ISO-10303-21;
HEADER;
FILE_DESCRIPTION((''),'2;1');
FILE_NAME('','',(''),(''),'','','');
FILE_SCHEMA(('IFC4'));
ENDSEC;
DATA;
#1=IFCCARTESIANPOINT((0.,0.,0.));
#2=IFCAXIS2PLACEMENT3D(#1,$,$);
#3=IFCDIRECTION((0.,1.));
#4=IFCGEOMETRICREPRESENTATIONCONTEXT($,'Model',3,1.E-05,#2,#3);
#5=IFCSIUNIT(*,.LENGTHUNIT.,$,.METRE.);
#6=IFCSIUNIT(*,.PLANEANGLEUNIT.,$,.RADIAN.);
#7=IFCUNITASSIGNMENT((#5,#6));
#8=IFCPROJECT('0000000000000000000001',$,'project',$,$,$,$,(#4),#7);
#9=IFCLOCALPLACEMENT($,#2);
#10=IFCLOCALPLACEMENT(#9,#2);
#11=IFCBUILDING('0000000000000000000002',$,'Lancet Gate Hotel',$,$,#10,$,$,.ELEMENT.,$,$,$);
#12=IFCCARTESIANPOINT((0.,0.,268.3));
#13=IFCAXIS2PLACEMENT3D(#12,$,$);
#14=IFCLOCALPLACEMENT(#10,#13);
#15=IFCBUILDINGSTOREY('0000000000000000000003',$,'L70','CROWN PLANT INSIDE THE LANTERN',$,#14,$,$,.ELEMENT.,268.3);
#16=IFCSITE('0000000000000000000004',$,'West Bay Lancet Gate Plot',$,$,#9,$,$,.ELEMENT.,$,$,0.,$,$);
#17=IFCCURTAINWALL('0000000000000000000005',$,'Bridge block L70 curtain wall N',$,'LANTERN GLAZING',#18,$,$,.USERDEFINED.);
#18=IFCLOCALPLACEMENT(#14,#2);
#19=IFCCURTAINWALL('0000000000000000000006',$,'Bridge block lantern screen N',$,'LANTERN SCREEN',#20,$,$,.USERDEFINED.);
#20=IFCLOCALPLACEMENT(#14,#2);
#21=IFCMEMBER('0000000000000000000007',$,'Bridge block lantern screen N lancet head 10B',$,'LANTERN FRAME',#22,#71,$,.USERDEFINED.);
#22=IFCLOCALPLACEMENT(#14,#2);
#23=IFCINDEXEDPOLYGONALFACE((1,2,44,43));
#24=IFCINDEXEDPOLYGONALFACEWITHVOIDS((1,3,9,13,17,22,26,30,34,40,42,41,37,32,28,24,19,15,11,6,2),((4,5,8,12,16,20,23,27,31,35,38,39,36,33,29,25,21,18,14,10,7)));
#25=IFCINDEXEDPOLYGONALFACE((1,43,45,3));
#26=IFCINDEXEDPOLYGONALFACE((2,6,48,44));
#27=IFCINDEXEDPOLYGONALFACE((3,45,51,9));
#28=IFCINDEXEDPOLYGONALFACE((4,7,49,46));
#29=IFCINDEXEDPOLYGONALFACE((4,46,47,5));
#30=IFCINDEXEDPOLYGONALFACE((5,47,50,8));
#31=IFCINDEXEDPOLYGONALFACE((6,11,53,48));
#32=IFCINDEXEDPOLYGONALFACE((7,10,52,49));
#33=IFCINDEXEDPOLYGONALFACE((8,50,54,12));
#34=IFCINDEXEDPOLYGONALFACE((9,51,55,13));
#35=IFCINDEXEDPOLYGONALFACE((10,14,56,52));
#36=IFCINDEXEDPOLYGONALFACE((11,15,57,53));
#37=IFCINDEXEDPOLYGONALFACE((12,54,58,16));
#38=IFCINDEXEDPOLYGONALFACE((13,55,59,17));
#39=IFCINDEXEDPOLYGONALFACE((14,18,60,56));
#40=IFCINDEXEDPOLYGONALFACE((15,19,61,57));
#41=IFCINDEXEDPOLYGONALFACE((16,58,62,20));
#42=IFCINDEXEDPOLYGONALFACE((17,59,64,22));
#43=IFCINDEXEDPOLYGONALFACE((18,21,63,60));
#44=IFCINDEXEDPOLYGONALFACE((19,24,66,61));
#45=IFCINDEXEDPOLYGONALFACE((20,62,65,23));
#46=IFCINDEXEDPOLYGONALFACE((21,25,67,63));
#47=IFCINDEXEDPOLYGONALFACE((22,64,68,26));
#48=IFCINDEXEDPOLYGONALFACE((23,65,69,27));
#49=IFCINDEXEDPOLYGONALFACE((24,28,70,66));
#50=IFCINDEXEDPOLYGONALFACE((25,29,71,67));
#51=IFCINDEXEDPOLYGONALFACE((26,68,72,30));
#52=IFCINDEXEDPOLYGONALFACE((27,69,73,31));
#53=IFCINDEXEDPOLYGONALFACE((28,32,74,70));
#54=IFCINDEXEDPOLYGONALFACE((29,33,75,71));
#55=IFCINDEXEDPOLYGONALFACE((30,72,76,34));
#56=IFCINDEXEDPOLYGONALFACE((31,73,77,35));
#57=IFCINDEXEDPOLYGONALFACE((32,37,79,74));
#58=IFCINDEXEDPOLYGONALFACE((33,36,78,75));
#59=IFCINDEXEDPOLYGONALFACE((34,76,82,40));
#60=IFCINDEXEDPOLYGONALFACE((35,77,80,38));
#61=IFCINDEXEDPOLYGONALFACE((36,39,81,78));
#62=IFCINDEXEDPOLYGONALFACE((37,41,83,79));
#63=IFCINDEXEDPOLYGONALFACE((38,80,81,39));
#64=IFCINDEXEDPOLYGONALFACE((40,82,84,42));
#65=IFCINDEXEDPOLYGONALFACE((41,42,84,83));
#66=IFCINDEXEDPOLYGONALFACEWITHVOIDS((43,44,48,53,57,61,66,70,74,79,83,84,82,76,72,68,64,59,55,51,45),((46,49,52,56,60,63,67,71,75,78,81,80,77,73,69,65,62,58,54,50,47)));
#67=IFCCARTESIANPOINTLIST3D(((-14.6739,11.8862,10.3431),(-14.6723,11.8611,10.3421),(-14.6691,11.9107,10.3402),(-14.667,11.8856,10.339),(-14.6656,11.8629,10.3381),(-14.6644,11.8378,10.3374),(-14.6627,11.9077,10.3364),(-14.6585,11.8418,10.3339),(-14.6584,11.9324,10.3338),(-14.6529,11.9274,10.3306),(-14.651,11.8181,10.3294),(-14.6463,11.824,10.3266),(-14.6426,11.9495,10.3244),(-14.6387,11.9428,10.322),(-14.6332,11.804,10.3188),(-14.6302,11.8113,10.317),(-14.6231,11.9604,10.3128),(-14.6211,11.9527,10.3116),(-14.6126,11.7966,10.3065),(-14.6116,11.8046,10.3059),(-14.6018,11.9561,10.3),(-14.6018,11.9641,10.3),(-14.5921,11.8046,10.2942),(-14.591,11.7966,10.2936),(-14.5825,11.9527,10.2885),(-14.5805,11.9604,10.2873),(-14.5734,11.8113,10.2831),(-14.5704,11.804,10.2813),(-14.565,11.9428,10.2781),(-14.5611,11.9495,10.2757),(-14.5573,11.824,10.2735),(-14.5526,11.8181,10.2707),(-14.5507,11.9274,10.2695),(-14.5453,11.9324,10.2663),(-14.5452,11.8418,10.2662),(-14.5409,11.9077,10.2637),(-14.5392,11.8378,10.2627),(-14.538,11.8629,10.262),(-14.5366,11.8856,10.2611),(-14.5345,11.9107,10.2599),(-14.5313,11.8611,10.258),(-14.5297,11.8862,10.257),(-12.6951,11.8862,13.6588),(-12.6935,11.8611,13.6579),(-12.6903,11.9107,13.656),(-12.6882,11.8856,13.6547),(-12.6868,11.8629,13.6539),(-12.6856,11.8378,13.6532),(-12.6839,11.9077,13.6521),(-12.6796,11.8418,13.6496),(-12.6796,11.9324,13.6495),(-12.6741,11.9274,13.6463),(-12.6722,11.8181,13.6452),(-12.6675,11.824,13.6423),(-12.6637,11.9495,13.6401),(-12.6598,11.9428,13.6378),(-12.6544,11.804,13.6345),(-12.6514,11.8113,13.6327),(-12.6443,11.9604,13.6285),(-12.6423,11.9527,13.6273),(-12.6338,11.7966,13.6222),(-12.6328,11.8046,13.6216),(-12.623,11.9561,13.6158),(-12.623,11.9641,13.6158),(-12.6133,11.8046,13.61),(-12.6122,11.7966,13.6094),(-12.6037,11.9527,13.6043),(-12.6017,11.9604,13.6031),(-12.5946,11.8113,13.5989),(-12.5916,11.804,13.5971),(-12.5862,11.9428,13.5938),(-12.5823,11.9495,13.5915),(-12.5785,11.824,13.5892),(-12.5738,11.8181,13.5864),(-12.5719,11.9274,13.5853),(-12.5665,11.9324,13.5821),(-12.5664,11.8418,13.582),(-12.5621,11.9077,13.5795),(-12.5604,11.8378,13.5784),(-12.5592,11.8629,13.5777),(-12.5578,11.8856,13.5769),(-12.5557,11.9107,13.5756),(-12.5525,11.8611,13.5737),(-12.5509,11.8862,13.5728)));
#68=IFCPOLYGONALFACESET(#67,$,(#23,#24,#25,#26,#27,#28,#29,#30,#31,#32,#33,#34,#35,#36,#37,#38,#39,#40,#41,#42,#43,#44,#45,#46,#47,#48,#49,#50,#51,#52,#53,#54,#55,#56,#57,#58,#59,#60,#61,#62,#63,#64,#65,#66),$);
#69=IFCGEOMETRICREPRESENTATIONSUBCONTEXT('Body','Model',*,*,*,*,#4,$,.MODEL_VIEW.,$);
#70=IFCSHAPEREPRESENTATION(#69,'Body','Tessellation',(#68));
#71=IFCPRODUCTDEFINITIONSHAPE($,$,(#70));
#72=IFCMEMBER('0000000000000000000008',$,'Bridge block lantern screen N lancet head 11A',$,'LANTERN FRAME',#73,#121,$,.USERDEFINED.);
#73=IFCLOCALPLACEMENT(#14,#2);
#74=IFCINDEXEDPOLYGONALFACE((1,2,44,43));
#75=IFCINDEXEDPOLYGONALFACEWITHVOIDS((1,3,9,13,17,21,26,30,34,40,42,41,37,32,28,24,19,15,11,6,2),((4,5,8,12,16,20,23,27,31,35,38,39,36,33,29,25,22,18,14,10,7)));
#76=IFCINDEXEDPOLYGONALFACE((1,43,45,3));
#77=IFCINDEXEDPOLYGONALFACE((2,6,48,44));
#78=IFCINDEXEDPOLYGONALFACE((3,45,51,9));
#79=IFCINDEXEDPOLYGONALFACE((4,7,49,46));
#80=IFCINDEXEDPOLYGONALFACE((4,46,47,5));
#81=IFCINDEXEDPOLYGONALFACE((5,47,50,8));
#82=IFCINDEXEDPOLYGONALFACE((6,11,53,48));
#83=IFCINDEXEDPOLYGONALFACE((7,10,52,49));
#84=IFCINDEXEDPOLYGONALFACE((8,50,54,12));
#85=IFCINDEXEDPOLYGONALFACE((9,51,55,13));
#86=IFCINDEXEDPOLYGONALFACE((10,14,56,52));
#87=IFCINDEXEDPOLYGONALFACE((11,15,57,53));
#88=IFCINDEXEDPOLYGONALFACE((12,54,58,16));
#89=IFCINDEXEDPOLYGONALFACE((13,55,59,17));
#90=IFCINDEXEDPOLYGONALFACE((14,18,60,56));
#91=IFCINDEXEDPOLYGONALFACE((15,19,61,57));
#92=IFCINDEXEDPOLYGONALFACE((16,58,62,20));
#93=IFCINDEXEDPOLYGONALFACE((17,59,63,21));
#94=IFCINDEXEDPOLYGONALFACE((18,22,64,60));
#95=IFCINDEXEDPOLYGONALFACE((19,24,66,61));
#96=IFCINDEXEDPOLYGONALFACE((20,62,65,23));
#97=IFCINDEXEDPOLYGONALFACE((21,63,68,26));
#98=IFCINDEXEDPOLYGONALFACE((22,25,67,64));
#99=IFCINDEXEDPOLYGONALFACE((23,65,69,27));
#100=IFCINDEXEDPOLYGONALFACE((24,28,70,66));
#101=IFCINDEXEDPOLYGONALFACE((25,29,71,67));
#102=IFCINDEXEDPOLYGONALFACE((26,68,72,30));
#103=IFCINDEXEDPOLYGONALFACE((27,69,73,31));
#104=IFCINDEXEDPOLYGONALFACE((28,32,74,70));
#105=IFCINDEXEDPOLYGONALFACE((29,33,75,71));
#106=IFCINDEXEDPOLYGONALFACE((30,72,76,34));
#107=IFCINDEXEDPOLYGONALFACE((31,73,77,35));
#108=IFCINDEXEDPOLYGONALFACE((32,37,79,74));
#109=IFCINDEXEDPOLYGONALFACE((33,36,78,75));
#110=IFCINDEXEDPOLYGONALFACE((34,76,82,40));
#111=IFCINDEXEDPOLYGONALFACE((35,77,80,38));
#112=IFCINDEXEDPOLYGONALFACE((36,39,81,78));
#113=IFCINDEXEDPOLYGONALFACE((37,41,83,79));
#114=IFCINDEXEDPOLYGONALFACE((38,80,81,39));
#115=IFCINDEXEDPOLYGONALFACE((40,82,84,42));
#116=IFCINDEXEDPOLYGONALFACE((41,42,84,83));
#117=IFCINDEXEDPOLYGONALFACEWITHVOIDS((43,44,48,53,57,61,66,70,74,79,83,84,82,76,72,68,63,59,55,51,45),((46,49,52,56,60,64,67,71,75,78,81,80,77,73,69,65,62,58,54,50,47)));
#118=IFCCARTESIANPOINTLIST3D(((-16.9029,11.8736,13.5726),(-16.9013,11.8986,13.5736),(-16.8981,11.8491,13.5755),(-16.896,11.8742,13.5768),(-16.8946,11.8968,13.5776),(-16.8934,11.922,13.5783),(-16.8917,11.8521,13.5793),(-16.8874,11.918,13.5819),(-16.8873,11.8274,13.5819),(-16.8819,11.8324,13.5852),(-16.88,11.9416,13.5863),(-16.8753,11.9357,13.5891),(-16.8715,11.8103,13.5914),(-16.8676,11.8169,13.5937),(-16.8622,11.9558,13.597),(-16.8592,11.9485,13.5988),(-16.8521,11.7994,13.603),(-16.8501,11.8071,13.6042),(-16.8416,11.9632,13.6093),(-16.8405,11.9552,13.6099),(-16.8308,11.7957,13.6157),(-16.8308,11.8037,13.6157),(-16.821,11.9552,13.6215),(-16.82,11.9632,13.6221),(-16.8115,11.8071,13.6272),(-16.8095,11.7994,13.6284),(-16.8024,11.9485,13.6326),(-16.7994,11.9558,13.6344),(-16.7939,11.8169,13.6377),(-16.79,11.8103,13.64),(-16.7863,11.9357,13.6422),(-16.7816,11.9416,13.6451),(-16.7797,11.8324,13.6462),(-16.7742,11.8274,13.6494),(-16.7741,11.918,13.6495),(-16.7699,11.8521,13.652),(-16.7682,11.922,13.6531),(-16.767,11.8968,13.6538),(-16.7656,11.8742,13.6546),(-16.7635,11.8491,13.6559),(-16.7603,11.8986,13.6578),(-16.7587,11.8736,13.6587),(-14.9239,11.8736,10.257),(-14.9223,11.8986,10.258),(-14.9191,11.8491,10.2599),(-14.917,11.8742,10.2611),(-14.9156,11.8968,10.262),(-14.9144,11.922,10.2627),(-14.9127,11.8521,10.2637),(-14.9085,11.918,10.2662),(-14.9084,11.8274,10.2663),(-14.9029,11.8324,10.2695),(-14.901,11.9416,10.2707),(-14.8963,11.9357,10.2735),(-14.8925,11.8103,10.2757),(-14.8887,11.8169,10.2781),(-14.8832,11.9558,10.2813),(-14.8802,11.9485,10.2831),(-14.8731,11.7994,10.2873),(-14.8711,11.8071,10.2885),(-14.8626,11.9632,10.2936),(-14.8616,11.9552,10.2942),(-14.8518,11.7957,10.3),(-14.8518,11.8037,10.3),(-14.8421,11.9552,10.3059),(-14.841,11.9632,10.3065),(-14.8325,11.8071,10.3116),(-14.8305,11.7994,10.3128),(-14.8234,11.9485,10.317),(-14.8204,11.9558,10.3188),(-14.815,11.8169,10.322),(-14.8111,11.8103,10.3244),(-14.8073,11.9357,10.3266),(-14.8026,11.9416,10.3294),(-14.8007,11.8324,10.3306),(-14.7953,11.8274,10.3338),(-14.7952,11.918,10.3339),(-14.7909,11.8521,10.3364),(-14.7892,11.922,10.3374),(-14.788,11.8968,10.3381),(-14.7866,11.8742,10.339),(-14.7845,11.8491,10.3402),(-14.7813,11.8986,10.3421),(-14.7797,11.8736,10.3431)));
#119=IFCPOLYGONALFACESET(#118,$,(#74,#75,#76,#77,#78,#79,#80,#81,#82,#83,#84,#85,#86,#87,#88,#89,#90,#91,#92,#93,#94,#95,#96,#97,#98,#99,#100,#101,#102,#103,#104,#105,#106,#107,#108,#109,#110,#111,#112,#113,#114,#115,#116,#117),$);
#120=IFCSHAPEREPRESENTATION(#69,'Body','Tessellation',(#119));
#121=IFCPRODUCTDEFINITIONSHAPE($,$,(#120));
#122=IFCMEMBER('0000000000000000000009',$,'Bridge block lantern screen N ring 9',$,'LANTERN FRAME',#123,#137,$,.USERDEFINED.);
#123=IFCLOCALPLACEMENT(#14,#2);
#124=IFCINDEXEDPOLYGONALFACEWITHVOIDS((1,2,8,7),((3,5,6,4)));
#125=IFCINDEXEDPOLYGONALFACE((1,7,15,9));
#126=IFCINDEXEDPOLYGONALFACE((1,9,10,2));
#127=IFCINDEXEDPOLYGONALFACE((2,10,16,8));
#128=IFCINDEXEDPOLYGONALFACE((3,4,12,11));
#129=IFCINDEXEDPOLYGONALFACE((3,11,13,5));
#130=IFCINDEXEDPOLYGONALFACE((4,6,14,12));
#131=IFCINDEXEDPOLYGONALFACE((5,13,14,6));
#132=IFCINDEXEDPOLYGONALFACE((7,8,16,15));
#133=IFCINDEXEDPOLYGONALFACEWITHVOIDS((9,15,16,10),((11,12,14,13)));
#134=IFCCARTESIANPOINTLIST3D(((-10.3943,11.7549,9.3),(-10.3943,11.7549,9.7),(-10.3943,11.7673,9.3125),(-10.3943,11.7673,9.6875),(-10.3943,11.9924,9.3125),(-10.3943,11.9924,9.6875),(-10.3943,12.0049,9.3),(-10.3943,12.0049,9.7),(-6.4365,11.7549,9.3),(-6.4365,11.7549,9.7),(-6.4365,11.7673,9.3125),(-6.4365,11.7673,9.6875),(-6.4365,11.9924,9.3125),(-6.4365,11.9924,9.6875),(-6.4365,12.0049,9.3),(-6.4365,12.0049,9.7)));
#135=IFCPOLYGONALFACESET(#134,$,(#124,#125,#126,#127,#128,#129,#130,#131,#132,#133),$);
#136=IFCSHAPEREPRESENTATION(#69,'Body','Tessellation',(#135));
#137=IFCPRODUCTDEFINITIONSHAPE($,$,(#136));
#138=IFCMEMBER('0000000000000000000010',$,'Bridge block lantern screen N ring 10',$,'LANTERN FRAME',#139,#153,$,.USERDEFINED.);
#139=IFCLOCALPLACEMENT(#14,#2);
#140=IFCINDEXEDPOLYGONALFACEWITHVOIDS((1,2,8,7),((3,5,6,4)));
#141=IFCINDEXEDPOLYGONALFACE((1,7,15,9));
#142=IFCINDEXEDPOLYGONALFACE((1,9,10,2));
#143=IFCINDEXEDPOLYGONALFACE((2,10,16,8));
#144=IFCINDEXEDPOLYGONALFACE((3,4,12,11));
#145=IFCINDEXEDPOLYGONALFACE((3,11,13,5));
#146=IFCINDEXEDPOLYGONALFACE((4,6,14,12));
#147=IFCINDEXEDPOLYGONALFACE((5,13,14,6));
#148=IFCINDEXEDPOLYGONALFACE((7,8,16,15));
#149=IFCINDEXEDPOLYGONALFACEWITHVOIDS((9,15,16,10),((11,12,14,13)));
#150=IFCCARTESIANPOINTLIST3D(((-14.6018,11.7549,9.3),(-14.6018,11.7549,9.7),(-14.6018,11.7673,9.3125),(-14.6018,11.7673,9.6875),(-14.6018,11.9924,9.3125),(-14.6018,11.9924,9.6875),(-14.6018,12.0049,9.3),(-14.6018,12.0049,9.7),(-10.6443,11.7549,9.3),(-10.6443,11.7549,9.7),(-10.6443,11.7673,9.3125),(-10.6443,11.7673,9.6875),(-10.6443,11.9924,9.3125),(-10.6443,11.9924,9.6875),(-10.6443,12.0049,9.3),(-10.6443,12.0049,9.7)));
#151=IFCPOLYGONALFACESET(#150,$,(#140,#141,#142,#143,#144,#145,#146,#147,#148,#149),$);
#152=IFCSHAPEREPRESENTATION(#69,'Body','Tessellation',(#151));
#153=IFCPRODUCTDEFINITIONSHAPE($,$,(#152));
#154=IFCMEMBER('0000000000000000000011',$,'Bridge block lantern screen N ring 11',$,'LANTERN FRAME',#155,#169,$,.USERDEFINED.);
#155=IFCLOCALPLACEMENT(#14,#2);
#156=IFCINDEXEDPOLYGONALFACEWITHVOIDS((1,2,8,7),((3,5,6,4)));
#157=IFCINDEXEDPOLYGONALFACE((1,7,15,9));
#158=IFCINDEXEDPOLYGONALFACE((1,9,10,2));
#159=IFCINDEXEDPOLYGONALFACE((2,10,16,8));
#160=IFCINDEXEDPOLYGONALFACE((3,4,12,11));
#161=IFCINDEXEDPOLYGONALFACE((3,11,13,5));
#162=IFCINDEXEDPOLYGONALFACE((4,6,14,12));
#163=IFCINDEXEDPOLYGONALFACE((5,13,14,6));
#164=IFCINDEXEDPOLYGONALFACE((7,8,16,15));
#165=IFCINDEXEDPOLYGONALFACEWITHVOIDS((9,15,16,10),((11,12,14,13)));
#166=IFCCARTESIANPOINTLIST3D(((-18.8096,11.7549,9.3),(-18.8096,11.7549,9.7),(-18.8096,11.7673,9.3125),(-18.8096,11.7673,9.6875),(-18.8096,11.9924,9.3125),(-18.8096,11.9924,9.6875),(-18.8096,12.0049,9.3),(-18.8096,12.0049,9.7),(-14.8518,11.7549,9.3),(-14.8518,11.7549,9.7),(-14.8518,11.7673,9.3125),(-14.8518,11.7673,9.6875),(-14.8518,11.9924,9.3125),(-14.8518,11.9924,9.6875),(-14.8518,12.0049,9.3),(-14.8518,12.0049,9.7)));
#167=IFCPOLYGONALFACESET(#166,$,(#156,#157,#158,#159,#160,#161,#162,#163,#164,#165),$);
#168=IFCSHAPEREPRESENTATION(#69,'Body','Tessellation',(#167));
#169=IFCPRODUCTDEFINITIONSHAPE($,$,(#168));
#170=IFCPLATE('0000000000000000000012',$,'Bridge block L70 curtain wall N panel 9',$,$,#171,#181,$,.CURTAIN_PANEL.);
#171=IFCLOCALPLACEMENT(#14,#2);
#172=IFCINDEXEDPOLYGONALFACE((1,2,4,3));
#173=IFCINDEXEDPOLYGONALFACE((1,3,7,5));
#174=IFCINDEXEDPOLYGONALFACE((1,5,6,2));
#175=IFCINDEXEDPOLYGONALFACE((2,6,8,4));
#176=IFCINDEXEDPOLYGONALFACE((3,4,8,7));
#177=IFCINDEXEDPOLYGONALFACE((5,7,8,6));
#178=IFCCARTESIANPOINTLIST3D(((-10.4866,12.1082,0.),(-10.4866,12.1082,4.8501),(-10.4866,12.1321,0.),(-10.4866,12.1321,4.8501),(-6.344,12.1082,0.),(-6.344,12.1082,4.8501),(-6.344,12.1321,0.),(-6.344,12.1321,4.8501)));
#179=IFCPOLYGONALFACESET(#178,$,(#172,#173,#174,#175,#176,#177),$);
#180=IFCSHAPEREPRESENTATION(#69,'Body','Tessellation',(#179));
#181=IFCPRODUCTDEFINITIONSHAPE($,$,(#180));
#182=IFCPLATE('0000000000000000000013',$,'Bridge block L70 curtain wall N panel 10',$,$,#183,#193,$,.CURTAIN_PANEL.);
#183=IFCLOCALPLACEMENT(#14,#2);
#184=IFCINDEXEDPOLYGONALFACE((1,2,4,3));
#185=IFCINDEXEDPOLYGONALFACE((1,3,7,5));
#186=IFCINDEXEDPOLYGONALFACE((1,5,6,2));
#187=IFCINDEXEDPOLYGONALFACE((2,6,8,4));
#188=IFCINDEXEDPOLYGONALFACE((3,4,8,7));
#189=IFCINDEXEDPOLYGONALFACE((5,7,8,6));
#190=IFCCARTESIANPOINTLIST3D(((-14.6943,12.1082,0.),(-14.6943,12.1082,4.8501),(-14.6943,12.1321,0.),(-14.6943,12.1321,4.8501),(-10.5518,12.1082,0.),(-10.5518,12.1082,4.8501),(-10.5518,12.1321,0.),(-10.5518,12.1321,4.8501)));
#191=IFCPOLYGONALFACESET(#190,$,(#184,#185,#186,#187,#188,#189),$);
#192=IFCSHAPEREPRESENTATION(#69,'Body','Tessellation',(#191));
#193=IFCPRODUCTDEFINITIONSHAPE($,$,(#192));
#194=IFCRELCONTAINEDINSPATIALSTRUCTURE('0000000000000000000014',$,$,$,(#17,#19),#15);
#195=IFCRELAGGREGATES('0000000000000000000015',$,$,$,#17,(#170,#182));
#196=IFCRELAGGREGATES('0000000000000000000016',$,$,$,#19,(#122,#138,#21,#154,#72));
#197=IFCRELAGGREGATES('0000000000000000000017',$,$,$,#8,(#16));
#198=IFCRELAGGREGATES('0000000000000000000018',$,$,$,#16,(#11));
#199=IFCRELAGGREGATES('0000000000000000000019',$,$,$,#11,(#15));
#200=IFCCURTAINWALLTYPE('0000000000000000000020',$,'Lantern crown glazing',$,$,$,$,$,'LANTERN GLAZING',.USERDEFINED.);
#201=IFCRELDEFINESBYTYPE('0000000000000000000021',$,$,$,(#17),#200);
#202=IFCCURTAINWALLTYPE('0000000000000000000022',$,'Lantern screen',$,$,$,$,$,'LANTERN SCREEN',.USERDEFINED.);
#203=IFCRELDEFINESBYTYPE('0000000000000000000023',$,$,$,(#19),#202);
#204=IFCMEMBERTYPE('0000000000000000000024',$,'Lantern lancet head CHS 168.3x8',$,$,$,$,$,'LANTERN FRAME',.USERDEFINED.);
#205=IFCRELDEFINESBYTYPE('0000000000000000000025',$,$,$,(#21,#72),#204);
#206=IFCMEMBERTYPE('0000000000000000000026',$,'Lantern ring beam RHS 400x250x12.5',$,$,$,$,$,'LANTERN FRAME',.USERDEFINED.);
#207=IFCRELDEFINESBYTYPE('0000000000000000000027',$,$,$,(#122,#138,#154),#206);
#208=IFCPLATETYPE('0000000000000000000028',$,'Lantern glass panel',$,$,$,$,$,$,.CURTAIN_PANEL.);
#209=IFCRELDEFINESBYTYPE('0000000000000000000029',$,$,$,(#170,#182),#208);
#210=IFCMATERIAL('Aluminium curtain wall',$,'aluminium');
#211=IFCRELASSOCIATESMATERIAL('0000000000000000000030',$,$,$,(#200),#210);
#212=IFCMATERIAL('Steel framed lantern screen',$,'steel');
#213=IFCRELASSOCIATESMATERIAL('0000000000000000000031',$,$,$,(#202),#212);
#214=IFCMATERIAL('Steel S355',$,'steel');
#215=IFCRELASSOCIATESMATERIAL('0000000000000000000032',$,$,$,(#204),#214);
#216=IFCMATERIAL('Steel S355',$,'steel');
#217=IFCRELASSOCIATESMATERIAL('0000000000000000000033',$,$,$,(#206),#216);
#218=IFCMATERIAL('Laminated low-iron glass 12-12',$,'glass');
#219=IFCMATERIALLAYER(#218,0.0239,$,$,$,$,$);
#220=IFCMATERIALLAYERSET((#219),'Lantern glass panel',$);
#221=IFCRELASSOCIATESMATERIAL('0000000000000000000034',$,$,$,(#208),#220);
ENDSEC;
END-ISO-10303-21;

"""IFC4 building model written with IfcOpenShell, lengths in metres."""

from ifc_helpers import new_model, si_unit, direction, frame, origin, origin_2d, place, context, subcontext, project, spatial, rectangle, hollow_rectangle, hollow_circle, extrude, material, layer, layer_set, material_profile, profile_set, type_object, element, aggregate, save


model = new_model("IFC4")

# Units and contexts
model_context = context("Model", 3, precision=1e-05, world=origin(), true_north=direction((0.0, 1.0)))
body_context = subcontext(model_context, "Body", "Model", "MODEL_VIEW")
ifc_project = project(units=[si_unit("LENGTHUNIT", "METRE"), si_unit("PLANEANGLEUNIT", "RADIAN")], contexts=[model_context])

# Site, building, storey
site_placement = place(None, origin())
site = spatial("IfcSite", under=ifc_project, at=site_placement, Name="West Bay Lancet Gate Plot", CompositionType="ELEMENT", RefElevation=0.0)
building_placement = place(site_placement, origin())
building = spatial("IfcBuilding", under=site, at=building_placement, Name="Lancet Gate Hotel", CompositionType="ELEMENT")
storey_placement = place(building_placement, frame((0.0, 0.0, 268.3)))
storey = spatial("IfcBuildingStorey", under=building, at=storey_placement, Name="L70", Description="CROWN PLANT INSIDE THE LANTERN", CompositionType="ELEMENT", Elevation=268.3)

# Curtain wall
ifc_material_1 = material(Name="Aluminium curtain wall", Category="aluminium")
curtain_wall_type_1 = type_object("IfcCurtainWallType", Name="Lantern crown glazing", ElementType="LANTERN GLAZING", PredefinedType="USERDEFINED", material=ifc_material_1)
curtain_wall_1_placement = place(storey_placement, origin())
curtain_wall_1 = element("IfcCurtainWall", 1, at=curtain_wall_1_placement, inside=storey, type_object=curtain_wall_type_1, Name="Bridge block L70 curtain wall N", ObjectType="LANTERN GLAZING", PredefinedType="USERDEFINED")

# Curtain wall, members
ifc_material_2 = material(Name="Steel framed lantern screen", Category="steel")
curtain_wall_type_2 = type_object("IfcCurtainWallType", Name="Lantern screen", ElementType="LANTERN SCREEN", PredefinedType="USERDEFINED", material=ifc_material_2)
curtain_wall_2_placement = place(storey_placement, origin())
curtain_wall_2 = element("IfcCurtainWall", 2, at=curtain_wall_2_placement, inside=storey, type_object=curtain_wall_type_2, Name="Bridge block lantern screen N", ObjectType="LANTERN SCREEN", PredefinedType="USERDEFINED")
ifc_material_3 = material(Name="Steel S355", Category="steel")
ifc_material_profile_1 = material_profile(ifc_material_3, hollow_circle(Radius=0.0842, WallThickness=0.0081, at=origin_2d()), Name="CHS 168.3x8.0")
ifc_profile_set_1 = profile_set([ifc_material_profile_1], Name="Steel S355")
member_type_1 = type_object("IfcMemberType", Name="Lantern lancet head CHS 168.3x8", ElementType="LANTERN FRAME", PredefinedType="USERDEFINED", material=ifc_profile_set_1)
member_1_placement = place(storey_placement, frame((-14.6018, 11.8799, 10.3), z_axis=(0.512467, 0.0, 0.858707), x_axis=(0.0, 1.0, 0.0)))
member_1 = element("IfcMember", 3, at=member_1_placement, type_object=member_type_1, Name="Bridge block lantern screen N lancet head 10B", ObjectType="LANTERN FRAME", PredefinedType="USERDEFINED", context=body_context, shape_type="SweptSolid", body=[
    extrude(hollow_circle(Radius=0.0842, WallThickness=0.0081, at=origin_2d()), origin(), (0.0, 0.0, 1.0), 3.8613),
])
member_2_placement = place(storey_placement, frame((-14.8518, 11.8799, 10.3), z_axis=(-0.512514, 0.0, 0.858679), x_axis=(0.0, -1.0, 0.0)))
member_2 = element("IfcMember", 4, at=member_2_placement, type_object=member_type_1, Name="Bridge block lantern screen N lancet head 11A", ObjectType="LANTERN FRAME", PredefinedType="USERDEFINED", context=body_context, shape_type="SweptSolid", body=[
    extrude(hollow_circle(Radius=0.0842, WallThickness=0.0081, at=origin_2d()), origin(), (0.0, 0.0, 1.0), 3.8613),
])
ifc_material_4 = material(Name="Steel S355", Category="steel")
ifc_material_profile_2 = material_profile(ifc_material_4, hollow_rectangle(XDim=0.25, YDim=0.3999, WallThickness=0.0125, at=origin_2d()), Name="RHS 400x250x12.5")
ifc_profile_set_2 = profile_set([ifc_material_profile_2], Name="Steel S355")
member_type_2 = type_object("IfcMemberType", Name="Lantern ring beam RHS 400x250x12.5", ElementType="LANTERN FRAME", PredefinedType="USERDEFINED", material=ifc_profile_set_2)
member_3_placement = place(storey_placement, frame((-6.4365, 11.8799, 9.5), z_axis=(-1.0, 0.0, 0.0), x_axis=(0.0, -1.0, 0.0)))
member_3 = element("IfcMember", 5, at=member_3_placement, type_object=member_type_2, Name="Bridge block lantern screen N ring 9", ObjectType="LANTERN FRAME", PredefinedType="USERDEFINED", context=body_context, shape_type="SweptSolid", body=[
    extrude(hollow_rectangle(XDim=0.25, YDim=0.3999, WallThickness=0.0125, at=origin_2d()), origin(), (0.0, 0.0, 1.0), 3.9578),
])
member_4_placement = place(storey_placement, frame((-10.6443, 11.8799, 9.5), z_axis=(-1.0, 0.0, 0.0), x_axis=(0.0, -1.0, 0.0)))
member_4 = element("IfcMember", 6, at=member_4_placement, type_object=member_type_2, Name="Bridge block lantern screen N ring 10", ObjectType="LANTERN FRAME", PredefinedType="USERDEFINED", context=body_context, shape_type="SweptSolid", body=[
    extrude(hollow_rectangle(XDim=0.25, YDim=0.3999, WallThickness=0.0125, at=origin_2d()), origin(), (0.0, 0.0, 1.0), 3.9575),
])
member_5_placement = place(storey_placement, frame((-14.8518, 11.8799, 9.5), z_axis=(-1.0, 0.0, 0.0), x_axis=(0.0, -1.0, 0.0)))
member_5 = element("IfcMember", 7, at=member_5_placement, type_object=member_type_2, Name="Bridge block lantern screen N ring 11", ObjectType="LANTERN FRAME", PredefinedType="USERDEFINED", context=body_context, shape_type="SweptSolid", body=[
    extrude(hollow_rectangle(XDim=0.25, YDim=0.3999, WallThickness=0.0125, at=origin_2d()), origin(), (0.0, 0.0, 1.0), 3.9578),
])

# Plates
ifc_material_5 = material(Name="Laminated low-iron glass 12-12", Category="glass")
ifc_layer_1 = layer(ifc_material_5, 0.0239)
ifc_layer_set_1 = layer_set([ifc_layer_1], Name="Lantern glass panel")
plate_type_1 = type_object("IfcPlateType", Name="Lantern glass panel", PredefinedType="CURTAIN_PANEL", material=ifc_layer_set_1)
plate_1_placement = place(storey_placement, frame((-8.4153, 12.1201, 0.0), z_axis=(0.0, 0.0, 1.0), x_axis=(-1.0, 0.0, 0.0)))
plate_1 = element("IfcPlate", 8, at=plate_1_placement, type_object=plate_type_1, Name="Bridge block L70 curtain wall N panel 9", PredefinedType="CURTAIN_PANEL", context=body_context, shape_type="SweptSolid", body=[
    extrude(rectangle(XDim=4.1426, YDim=0.0239, at=origin_2d()), origin(), (0.0, 0.0, 1.0), 4.8501),
])
plate_2_placement = place(storey_placement, frame((-12.623, 12.1201, 0.0), z_axis=(0.0, 0.0, 1.0), x_axis=(-1.0, 0.0, 0.0)))
plate_2 = element("IfcPlate", 9, at=plate_2_placement, type_object=plate_type_1, Name="Bridge block L70 curtain wall N panel 10", PredefinedType="CURTAIN_PANEL", context=body_context, shape_type="SweptSolid", body=[
    extrude(rectangle(XDim=4.1426, YDim=0.0239, at=origin_2d()), origin(), (0.0, 0.0, 1.0), 4.8501),
])
aggregate(curtain_wall_1, [plate_1, plate_2])
aggregate(curtain_wall_2, [member_3, member_4, member_1, member_5, member_2])

save(model, "model.ifc")
